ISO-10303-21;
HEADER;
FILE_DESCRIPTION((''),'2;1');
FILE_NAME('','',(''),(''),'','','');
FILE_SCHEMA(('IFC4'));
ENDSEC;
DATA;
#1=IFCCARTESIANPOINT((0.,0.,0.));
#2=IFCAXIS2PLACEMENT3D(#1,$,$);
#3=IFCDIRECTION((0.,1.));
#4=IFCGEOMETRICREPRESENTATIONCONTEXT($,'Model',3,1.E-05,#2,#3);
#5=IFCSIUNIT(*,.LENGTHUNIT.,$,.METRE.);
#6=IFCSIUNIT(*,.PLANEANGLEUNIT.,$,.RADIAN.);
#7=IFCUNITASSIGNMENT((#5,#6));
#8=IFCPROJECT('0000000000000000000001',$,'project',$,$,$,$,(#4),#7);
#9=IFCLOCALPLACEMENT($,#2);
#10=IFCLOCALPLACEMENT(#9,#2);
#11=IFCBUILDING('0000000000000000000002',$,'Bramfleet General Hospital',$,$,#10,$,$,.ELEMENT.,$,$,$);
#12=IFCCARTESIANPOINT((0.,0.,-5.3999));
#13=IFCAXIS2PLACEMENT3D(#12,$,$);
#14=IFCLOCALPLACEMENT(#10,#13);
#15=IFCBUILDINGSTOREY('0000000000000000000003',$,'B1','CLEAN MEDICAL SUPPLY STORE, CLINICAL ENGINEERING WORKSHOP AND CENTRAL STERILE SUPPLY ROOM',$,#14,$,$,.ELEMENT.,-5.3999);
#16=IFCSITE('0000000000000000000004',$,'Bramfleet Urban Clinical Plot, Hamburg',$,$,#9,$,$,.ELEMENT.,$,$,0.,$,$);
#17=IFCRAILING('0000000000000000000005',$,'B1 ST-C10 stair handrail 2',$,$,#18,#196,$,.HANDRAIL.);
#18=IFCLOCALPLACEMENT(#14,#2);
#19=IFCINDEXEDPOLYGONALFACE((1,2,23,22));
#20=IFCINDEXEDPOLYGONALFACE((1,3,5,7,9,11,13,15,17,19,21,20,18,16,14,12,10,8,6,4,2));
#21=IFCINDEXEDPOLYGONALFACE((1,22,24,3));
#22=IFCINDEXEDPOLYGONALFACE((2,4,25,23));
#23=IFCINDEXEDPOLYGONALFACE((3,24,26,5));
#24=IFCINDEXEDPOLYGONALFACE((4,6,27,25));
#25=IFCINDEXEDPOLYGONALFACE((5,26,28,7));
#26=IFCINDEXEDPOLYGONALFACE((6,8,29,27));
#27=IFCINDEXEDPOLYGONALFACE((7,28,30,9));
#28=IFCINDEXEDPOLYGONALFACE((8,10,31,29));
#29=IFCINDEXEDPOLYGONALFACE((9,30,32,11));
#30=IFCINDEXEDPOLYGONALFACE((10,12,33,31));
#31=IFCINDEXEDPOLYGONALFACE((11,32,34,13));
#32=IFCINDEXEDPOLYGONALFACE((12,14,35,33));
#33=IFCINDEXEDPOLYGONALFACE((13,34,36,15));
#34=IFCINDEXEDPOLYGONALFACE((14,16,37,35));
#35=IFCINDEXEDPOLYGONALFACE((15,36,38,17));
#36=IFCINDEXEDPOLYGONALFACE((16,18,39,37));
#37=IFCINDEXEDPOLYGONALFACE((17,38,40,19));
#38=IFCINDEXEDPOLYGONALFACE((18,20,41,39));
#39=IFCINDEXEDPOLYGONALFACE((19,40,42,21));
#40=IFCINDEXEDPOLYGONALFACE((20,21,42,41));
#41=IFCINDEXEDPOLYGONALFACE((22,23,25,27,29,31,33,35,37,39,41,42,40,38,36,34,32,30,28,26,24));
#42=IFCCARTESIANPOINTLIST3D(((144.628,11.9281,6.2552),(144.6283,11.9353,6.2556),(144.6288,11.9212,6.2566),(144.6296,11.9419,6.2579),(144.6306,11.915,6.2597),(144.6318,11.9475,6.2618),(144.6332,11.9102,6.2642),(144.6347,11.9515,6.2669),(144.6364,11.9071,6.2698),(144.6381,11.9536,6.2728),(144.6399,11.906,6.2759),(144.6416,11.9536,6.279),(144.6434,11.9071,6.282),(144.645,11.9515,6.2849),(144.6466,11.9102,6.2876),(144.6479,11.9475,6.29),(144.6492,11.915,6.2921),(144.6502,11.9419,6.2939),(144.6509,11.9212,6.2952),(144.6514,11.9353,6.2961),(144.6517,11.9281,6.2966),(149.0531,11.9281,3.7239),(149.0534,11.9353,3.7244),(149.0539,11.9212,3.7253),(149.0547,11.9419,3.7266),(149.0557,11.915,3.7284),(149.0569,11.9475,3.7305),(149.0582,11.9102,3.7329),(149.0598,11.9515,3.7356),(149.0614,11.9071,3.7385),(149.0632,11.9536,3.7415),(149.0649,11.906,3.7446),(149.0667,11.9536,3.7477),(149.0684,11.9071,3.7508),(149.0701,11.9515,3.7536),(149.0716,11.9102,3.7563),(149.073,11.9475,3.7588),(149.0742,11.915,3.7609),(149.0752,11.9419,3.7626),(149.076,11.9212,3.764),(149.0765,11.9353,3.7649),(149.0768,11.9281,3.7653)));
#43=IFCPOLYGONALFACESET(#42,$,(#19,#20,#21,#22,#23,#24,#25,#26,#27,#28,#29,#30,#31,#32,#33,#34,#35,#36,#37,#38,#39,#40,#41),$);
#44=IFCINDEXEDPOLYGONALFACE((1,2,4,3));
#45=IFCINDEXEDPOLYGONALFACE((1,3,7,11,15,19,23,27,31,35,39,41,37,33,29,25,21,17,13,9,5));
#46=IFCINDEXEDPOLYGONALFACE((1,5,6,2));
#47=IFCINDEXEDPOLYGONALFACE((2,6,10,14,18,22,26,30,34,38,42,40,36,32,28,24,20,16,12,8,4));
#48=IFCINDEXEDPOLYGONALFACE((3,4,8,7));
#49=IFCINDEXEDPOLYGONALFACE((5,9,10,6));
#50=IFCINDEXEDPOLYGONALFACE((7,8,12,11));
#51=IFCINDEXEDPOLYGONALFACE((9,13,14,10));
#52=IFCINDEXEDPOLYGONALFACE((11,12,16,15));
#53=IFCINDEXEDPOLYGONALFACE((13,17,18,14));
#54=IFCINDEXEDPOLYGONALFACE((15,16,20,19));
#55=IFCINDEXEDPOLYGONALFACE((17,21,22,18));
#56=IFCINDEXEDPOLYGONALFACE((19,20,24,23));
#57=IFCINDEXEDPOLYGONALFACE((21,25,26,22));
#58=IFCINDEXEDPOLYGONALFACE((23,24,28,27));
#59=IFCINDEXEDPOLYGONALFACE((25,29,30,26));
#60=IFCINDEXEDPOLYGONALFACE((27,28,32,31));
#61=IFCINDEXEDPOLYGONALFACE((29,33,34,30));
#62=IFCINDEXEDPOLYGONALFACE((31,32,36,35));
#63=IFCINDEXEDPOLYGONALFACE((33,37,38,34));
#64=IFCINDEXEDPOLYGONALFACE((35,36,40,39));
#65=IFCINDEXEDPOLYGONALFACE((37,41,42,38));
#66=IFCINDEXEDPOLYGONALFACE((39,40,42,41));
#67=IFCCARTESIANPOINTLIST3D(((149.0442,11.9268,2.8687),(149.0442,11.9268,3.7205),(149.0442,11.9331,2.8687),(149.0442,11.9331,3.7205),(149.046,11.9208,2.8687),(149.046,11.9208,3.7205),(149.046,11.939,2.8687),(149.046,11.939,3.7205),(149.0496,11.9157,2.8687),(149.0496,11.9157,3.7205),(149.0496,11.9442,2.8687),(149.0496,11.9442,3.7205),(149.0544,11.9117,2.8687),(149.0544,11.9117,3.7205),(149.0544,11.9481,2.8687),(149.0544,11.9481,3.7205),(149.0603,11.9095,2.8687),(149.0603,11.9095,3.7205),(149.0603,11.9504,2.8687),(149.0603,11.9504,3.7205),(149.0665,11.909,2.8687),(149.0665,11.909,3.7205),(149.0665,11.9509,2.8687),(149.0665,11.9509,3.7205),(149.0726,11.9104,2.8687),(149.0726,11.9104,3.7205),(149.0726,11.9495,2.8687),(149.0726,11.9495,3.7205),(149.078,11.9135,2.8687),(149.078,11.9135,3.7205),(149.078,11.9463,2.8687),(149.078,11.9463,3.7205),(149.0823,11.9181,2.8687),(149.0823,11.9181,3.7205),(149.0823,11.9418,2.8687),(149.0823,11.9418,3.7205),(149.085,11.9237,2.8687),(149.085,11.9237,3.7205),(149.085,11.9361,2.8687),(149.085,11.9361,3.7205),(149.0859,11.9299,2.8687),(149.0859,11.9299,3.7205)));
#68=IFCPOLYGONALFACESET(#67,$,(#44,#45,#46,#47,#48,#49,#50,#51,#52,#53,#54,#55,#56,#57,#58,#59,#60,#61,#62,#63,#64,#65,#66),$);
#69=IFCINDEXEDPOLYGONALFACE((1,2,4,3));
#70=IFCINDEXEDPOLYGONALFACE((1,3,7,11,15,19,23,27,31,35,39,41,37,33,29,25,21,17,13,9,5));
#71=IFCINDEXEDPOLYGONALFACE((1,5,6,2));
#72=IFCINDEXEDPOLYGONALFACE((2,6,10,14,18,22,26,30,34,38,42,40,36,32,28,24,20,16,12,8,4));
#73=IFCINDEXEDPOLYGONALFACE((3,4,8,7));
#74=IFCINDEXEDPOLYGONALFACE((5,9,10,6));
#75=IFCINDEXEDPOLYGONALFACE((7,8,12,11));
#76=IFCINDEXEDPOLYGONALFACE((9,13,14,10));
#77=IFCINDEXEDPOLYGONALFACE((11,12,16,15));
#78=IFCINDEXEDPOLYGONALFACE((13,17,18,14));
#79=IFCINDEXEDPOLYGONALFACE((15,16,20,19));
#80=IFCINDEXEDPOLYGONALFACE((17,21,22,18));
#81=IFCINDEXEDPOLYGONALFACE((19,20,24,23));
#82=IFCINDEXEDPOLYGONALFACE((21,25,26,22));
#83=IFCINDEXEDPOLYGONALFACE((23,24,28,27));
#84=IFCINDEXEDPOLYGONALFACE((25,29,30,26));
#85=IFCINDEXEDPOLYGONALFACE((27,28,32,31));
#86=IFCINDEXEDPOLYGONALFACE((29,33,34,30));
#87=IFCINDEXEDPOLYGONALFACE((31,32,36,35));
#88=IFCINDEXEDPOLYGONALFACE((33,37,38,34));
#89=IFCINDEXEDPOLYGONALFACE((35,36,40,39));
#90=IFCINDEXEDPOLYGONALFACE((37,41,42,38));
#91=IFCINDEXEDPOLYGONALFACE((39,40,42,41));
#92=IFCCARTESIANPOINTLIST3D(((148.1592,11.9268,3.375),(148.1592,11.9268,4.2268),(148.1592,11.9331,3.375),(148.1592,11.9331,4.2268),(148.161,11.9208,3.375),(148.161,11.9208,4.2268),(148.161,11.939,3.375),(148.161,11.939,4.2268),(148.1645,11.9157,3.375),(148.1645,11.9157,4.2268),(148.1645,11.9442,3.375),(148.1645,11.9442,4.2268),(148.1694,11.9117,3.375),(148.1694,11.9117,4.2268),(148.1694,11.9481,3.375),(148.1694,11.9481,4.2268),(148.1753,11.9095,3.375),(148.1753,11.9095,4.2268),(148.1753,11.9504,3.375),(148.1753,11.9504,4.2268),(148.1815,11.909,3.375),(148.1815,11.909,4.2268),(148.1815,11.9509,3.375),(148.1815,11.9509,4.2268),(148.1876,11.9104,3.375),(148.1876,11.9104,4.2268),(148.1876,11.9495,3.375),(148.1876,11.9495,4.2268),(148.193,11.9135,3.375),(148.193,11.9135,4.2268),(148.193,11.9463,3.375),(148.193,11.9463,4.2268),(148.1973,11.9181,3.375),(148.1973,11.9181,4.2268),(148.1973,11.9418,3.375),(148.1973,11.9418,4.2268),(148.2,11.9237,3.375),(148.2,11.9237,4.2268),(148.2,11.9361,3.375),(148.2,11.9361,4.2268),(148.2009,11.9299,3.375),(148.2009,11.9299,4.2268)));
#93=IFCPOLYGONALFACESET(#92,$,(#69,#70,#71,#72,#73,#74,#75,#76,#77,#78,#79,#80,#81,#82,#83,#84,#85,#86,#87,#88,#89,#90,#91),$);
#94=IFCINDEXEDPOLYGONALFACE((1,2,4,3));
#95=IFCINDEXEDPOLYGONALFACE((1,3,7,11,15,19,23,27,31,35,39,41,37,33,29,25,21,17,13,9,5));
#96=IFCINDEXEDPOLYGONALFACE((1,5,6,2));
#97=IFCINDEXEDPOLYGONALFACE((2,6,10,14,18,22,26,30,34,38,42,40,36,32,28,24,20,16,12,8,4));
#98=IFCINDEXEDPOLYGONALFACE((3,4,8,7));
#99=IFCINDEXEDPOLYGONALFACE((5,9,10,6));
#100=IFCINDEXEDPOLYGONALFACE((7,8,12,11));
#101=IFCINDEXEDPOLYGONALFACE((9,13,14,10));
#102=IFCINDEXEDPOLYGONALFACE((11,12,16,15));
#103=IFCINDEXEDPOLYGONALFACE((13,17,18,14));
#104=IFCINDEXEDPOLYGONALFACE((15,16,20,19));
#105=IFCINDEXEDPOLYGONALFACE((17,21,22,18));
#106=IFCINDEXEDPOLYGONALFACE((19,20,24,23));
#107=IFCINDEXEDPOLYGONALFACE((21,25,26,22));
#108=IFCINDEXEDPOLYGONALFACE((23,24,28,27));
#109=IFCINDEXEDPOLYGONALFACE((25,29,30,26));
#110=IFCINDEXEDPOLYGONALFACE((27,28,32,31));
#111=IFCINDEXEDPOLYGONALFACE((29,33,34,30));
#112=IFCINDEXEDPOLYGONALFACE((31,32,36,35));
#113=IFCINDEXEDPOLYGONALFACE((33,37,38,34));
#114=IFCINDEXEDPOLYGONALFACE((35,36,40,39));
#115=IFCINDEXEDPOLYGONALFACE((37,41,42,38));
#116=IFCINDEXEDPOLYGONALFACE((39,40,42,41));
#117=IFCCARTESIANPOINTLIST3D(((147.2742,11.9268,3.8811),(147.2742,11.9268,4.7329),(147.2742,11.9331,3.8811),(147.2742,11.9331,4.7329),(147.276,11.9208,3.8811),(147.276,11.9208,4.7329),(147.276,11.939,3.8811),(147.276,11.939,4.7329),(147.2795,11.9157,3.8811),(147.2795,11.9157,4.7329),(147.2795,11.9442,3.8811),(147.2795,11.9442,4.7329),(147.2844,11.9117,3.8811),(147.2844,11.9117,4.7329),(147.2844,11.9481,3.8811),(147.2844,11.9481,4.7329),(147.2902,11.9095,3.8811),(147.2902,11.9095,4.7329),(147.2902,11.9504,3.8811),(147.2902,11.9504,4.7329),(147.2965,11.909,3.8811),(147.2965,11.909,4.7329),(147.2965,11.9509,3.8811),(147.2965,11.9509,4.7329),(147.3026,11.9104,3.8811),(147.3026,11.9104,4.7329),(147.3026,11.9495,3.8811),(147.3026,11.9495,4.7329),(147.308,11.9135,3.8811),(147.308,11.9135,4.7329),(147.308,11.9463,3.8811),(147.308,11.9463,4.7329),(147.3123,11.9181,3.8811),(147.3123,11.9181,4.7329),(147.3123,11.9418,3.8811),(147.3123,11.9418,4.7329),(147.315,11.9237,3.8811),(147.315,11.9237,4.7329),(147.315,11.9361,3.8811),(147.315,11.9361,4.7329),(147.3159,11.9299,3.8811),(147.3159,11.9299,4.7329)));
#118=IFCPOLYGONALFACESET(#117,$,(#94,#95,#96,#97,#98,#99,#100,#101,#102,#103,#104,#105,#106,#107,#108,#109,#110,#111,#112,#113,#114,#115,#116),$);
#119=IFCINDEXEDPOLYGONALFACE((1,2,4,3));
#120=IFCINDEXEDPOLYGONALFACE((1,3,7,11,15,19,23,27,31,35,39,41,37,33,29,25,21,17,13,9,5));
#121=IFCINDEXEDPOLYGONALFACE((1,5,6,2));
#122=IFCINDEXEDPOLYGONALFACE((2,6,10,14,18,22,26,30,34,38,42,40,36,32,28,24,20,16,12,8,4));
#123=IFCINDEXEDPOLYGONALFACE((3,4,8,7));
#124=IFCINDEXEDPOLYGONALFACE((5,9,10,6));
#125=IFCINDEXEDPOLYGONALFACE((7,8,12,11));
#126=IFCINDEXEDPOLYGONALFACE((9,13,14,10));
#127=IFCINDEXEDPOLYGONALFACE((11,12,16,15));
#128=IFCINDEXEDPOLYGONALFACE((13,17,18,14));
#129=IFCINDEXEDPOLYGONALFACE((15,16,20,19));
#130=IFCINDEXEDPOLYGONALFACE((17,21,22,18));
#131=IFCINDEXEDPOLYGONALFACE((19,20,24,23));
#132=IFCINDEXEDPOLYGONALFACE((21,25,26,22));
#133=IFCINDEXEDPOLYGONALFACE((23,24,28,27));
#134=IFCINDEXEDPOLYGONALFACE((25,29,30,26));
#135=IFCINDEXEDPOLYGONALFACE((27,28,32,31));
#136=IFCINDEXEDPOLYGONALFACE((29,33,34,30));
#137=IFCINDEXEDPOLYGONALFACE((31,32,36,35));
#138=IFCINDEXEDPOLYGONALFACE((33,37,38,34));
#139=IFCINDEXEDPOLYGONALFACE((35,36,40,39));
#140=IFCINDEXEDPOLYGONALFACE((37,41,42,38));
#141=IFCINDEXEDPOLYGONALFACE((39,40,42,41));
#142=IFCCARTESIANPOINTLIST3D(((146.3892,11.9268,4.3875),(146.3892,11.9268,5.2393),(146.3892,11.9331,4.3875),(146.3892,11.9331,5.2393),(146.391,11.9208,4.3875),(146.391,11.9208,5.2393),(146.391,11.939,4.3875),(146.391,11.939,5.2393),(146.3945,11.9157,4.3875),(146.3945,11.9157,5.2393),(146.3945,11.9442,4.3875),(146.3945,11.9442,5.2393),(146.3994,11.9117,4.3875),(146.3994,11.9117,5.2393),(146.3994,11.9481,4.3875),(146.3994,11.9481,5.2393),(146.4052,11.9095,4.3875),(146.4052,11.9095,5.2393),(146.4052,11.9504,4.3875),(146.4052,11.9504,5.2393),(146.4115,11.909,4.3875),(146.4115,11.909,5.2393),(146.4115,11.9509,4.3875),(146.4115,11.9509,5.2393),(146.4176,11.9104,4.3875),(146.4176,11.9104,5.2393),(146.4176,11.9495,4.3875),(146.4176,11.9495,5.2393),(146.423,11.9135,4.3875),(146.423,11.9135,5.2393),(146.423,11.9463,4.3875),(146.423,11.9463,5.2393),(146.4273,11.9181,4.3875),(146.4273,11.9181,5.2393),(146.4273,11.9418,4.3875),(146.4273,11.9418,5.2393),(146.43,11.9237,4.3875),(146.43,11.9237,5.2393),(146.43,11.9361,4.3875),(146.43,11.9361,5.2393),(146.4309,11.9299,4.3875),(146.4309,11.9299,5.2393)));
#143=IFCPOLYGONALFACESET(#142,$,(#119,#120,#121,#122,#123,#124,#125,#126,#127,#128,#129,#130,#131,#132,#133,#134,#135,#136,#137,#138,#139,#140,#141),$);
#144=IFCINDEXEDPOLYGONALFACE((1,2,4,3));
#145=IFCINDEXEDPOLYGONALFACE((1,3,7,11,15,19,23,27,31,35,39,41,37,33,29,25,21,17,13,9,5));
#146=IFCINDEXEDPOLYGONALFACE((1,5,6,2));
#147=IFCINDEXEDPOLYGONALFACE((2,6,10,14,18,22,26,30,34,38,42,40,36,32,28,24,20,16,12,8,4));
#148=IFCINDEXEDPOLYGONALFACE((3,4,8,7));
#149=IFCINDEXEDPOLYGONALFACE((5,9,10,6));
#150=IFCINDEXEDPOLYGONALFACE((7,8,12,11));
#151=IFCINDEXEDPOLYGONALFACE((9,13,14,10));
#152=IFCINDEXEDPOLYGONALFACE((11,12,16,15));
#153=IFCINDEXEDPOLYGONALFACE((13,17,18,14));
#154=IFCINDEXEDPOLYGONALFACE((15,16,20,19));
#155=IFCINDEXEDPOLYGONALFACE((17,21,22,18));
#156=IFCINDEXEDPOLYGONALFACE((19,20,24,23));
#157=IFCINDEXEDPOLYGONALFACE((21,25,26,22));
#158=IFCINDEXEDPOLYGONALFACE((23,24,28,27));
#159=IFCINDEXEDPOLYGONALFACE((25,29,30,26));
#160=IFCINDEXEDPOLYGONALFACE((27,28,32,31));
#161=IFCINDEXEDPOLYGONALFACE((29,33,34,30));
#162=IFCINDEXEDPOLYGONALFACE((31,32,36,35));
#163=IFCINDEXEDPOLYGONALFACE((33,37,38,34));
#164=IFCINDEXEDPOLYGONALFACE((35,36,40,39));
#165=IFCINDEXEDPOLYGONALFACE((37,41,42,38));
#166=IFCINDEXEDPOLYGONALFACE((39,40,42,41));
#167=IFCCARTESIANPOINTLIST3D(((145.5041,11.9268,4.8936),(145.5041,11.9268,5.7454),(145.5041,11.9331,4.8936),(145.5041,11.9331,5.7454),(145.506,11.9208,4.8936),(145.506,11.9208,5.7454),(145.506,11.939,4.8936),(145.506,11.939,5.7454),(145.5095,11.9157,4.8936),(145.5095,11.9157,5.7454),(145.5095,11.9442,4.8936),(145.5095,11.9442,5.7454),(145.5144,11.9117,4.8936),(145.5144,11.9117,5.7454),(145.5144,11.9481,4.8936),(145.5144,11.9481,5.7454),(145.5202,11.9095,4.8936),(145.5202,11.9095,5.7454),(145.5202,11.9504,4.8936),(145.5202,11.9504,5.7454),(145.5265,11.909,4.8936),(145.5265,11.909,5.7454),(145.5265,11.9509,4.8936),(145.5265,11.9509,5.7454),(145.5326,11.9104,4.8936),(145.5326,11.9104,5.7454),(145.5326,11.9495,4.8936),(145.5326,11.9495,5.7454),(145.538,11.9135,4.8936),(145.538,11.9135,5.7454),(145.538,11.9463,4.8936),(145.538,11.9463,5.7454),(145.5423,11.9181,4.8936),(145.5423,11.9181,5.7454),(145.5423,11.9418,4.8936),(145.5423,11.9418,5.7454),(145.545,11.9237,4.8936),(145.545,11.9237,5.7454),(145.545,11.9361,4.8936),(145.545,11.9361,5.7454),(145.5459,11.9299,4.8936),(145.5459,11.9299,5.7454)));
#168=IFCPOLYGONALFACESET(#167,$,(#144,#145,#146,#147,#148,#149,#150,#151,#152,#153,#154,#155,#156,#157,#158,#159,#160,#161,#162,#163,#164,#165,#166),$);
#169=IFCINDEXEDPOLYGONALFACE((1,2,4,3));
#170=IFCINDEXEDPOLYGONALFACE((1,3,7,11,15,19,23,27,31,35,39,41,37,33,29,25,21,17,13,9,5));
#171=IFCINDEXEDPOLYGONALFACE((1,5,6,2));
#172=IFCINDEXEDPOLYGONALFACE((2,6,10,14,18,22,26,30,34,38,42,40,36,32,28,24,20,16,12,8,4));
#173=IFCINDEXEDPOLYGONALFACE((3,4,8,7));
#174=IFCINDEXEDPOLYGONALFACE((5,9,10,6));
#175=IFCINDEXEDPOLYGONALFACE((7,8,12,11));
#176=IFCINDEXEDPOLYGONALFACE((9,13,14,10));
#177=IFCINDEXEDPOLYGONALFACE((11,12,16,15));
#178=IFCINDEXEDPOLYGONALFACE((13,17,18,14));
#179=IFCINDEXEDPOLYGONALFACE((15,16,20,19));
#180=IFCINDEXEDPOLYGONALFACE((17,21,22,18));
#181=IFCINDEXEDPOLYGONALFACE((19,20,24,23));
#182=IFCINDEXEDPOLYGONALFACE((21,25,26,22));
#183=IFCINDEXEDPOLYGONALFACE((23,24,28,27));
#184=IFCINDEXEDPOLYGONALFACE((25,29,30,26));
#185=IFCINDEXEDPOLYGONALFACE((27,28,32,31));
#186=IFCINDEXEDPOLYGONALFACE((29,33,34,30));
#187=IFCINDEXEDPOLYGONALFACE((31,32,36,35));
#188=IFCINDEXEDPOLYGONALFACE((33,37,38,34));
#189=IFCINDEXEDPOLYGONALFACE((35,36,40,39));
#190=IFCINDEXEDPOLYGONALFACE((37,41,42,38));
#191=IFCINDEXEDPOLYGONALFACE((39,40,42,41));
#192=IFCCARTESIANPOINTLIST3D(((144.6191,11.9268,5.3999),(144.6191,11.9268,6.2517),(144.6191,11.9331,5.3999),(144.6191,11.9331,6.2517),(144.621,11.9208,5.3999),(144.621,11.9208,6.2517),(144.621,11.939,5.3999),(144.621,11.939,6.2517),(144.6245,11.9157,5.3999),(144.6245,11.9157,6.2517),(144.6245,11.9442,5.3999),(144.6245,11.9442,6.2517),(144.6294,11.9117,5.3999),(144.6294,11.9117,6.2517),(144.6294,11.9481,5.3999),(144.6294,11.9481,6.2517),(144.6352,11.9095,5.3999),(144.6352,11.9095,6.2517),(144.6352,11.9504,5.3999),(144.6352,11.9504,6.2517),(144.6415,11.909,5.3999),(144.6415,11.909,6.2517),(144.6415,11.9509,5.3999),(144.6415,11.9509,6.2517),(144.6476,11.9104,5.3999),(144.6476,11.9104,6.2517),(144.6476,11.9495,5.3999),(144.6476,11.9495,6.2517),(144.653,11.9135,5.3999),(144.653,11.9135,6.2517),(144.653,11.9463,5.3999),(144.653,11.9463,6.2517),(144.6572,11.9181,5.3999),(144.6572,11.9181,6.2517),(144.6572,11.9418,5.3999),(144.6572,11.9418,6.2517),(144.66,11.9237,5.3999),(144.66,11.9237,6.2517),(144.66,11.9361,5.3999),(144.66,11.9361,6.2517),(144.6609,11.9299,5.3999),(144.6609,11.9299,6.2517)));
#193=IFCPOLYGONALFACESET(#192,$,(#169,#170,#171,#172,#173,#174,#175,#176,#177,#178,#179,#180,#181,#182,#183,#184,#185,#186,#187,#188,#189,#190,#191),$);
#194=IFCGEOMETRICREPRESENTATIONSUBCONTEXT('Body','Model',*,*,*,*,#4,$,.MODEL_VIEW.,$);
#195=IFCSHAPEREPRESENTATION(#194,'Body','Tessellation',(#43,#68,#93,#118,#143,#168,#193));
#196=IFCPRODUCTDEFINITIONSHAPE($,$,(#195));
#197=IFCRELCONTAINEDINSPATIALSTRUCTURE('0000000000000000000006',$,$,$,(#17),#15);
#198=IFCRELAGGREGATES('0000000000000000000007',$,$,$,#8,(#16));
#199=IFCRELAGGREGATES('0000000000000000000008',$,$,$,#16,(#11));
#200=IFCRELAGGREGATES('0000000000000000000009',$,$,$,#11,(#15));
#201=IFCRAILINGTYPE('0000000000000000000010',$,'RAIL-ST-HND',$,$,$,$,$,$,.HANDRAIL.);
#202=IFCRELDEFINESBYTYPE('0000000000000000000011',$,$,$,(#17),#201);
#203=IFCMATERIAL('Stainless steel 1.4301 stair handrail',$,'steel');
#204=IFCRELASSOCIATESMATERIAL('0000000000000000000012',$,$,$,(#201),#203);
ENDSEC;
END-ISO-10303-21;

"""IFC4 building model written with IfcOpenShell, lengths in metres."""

from ifc_helpers import new_model, si_unit, direction, frame, origin, origin_2d, place, context, subcontext, project, spatial, circle, extrude, material, type_object, element, save


model = new_model("IFC4")

# Units and contexts
model_context = context("Model", 3, precision=1e-05, world=origin(), true_north=direction((0.0, 1.0)))
body_context = subcontext(model_context, "Body", "Model", "MODEL_VIEW")
ifc_project = project(units=[si_unit("LENGTHUNIT", "METRE"), si_unit("PLANEANGLEUNIT", "RADIAN")], contexts=[model_context])

# Site, building, storey
site_placement = place(None, origin())
site = spatial("IfcSite", under=ifc_project, at=site_placement, Name="Bramfleet Urban Clinical Plot, Hamburg", CompositionType="ELEMENT", RefElevation=0.0)
building_placement = place(site_placement, origin())
building = spatial("IfcBuilding", under=site, at=building_placement, Name="Bramfleet General Hospital", CompositionType="ELEMENT")
storey_placement = place(building_placement, frame((0.0, 0.0, -5.3999)))
storey = spatial("IfcBuildingStorey", under=building, at=storey_placement, Name="B1", Description="CLEAN MEDICAL SUPPLY STORE, CLINICAL ENGINEERING WORKSHOP AND CENTRAL STERILE SUPPLY ROOM", CompositionType="ELEMENT", Elevation=-5.3999)

# Railing
ifc_material_1 = material(Name="Stainless steel 1.4301 stair handrail", Category="steel")
railing_type_1 = type_object("IfcRailingType", Name="RAIL-ST-HND", PredefinedType="HANDRAIL", material=ifc_material_1)
railing_1_placement = place(storey_placement, frame((149.0649, 11.9299, 2.8687)))
element("IfcRailing", 1, at=railing_1_placement, inside=storey, type_object=railing_type_1, Name="B1 ST-C10 stair handrail 2", PredefinedType="HANDRAIL", context=body_context, shape_type="SweptSolid", body=[
    extrude(circle(Radius=0.0239, at=origin_2d()), frame((0.0, 0.0, 0.876), z_axis=(-0.868019, 0.0, 0.496531), x_axis=(0.0, -1.0, 0.0)), (0.0, 0.0, 1.0), 5.0979),
    extrude(circle(Radius=0.021, at=origin_2d()), origin(), (0.0, 0.0, 1.0), 0.8518),
    extrude(circle(Radius=0.021, at=origin_2d()), frame((-0.885, 0.0, 0.5063)), (0.0, 0.0, 1.0), 0.8518),
    extrude(circle(Radius=0.021, at=origin_2d()), frame((-1.77, 0.0, 1.0125)), (0.0, 0.0, 1.0), 0.8518),
    extrude(circle(Radius=0.021, at=origin_2d()), frame((-2.655, 0.0, 1.5188)), (0.0, 0.0, 1.0), 0.8518),
    extrude(circle(Radius=0.021, at=origin_2d()), frame((-3.54, 0.0, 2.0249)), (0.0, 0.0, 1.0), 0.8518),
    extrude(circle(Radius=0.021, at=origin_2d()), frame((-4.425, 0.0, 2.5312)), (0.0, 0.0, 1.0), 0.8518),
])

save(model, "model.ifc")
